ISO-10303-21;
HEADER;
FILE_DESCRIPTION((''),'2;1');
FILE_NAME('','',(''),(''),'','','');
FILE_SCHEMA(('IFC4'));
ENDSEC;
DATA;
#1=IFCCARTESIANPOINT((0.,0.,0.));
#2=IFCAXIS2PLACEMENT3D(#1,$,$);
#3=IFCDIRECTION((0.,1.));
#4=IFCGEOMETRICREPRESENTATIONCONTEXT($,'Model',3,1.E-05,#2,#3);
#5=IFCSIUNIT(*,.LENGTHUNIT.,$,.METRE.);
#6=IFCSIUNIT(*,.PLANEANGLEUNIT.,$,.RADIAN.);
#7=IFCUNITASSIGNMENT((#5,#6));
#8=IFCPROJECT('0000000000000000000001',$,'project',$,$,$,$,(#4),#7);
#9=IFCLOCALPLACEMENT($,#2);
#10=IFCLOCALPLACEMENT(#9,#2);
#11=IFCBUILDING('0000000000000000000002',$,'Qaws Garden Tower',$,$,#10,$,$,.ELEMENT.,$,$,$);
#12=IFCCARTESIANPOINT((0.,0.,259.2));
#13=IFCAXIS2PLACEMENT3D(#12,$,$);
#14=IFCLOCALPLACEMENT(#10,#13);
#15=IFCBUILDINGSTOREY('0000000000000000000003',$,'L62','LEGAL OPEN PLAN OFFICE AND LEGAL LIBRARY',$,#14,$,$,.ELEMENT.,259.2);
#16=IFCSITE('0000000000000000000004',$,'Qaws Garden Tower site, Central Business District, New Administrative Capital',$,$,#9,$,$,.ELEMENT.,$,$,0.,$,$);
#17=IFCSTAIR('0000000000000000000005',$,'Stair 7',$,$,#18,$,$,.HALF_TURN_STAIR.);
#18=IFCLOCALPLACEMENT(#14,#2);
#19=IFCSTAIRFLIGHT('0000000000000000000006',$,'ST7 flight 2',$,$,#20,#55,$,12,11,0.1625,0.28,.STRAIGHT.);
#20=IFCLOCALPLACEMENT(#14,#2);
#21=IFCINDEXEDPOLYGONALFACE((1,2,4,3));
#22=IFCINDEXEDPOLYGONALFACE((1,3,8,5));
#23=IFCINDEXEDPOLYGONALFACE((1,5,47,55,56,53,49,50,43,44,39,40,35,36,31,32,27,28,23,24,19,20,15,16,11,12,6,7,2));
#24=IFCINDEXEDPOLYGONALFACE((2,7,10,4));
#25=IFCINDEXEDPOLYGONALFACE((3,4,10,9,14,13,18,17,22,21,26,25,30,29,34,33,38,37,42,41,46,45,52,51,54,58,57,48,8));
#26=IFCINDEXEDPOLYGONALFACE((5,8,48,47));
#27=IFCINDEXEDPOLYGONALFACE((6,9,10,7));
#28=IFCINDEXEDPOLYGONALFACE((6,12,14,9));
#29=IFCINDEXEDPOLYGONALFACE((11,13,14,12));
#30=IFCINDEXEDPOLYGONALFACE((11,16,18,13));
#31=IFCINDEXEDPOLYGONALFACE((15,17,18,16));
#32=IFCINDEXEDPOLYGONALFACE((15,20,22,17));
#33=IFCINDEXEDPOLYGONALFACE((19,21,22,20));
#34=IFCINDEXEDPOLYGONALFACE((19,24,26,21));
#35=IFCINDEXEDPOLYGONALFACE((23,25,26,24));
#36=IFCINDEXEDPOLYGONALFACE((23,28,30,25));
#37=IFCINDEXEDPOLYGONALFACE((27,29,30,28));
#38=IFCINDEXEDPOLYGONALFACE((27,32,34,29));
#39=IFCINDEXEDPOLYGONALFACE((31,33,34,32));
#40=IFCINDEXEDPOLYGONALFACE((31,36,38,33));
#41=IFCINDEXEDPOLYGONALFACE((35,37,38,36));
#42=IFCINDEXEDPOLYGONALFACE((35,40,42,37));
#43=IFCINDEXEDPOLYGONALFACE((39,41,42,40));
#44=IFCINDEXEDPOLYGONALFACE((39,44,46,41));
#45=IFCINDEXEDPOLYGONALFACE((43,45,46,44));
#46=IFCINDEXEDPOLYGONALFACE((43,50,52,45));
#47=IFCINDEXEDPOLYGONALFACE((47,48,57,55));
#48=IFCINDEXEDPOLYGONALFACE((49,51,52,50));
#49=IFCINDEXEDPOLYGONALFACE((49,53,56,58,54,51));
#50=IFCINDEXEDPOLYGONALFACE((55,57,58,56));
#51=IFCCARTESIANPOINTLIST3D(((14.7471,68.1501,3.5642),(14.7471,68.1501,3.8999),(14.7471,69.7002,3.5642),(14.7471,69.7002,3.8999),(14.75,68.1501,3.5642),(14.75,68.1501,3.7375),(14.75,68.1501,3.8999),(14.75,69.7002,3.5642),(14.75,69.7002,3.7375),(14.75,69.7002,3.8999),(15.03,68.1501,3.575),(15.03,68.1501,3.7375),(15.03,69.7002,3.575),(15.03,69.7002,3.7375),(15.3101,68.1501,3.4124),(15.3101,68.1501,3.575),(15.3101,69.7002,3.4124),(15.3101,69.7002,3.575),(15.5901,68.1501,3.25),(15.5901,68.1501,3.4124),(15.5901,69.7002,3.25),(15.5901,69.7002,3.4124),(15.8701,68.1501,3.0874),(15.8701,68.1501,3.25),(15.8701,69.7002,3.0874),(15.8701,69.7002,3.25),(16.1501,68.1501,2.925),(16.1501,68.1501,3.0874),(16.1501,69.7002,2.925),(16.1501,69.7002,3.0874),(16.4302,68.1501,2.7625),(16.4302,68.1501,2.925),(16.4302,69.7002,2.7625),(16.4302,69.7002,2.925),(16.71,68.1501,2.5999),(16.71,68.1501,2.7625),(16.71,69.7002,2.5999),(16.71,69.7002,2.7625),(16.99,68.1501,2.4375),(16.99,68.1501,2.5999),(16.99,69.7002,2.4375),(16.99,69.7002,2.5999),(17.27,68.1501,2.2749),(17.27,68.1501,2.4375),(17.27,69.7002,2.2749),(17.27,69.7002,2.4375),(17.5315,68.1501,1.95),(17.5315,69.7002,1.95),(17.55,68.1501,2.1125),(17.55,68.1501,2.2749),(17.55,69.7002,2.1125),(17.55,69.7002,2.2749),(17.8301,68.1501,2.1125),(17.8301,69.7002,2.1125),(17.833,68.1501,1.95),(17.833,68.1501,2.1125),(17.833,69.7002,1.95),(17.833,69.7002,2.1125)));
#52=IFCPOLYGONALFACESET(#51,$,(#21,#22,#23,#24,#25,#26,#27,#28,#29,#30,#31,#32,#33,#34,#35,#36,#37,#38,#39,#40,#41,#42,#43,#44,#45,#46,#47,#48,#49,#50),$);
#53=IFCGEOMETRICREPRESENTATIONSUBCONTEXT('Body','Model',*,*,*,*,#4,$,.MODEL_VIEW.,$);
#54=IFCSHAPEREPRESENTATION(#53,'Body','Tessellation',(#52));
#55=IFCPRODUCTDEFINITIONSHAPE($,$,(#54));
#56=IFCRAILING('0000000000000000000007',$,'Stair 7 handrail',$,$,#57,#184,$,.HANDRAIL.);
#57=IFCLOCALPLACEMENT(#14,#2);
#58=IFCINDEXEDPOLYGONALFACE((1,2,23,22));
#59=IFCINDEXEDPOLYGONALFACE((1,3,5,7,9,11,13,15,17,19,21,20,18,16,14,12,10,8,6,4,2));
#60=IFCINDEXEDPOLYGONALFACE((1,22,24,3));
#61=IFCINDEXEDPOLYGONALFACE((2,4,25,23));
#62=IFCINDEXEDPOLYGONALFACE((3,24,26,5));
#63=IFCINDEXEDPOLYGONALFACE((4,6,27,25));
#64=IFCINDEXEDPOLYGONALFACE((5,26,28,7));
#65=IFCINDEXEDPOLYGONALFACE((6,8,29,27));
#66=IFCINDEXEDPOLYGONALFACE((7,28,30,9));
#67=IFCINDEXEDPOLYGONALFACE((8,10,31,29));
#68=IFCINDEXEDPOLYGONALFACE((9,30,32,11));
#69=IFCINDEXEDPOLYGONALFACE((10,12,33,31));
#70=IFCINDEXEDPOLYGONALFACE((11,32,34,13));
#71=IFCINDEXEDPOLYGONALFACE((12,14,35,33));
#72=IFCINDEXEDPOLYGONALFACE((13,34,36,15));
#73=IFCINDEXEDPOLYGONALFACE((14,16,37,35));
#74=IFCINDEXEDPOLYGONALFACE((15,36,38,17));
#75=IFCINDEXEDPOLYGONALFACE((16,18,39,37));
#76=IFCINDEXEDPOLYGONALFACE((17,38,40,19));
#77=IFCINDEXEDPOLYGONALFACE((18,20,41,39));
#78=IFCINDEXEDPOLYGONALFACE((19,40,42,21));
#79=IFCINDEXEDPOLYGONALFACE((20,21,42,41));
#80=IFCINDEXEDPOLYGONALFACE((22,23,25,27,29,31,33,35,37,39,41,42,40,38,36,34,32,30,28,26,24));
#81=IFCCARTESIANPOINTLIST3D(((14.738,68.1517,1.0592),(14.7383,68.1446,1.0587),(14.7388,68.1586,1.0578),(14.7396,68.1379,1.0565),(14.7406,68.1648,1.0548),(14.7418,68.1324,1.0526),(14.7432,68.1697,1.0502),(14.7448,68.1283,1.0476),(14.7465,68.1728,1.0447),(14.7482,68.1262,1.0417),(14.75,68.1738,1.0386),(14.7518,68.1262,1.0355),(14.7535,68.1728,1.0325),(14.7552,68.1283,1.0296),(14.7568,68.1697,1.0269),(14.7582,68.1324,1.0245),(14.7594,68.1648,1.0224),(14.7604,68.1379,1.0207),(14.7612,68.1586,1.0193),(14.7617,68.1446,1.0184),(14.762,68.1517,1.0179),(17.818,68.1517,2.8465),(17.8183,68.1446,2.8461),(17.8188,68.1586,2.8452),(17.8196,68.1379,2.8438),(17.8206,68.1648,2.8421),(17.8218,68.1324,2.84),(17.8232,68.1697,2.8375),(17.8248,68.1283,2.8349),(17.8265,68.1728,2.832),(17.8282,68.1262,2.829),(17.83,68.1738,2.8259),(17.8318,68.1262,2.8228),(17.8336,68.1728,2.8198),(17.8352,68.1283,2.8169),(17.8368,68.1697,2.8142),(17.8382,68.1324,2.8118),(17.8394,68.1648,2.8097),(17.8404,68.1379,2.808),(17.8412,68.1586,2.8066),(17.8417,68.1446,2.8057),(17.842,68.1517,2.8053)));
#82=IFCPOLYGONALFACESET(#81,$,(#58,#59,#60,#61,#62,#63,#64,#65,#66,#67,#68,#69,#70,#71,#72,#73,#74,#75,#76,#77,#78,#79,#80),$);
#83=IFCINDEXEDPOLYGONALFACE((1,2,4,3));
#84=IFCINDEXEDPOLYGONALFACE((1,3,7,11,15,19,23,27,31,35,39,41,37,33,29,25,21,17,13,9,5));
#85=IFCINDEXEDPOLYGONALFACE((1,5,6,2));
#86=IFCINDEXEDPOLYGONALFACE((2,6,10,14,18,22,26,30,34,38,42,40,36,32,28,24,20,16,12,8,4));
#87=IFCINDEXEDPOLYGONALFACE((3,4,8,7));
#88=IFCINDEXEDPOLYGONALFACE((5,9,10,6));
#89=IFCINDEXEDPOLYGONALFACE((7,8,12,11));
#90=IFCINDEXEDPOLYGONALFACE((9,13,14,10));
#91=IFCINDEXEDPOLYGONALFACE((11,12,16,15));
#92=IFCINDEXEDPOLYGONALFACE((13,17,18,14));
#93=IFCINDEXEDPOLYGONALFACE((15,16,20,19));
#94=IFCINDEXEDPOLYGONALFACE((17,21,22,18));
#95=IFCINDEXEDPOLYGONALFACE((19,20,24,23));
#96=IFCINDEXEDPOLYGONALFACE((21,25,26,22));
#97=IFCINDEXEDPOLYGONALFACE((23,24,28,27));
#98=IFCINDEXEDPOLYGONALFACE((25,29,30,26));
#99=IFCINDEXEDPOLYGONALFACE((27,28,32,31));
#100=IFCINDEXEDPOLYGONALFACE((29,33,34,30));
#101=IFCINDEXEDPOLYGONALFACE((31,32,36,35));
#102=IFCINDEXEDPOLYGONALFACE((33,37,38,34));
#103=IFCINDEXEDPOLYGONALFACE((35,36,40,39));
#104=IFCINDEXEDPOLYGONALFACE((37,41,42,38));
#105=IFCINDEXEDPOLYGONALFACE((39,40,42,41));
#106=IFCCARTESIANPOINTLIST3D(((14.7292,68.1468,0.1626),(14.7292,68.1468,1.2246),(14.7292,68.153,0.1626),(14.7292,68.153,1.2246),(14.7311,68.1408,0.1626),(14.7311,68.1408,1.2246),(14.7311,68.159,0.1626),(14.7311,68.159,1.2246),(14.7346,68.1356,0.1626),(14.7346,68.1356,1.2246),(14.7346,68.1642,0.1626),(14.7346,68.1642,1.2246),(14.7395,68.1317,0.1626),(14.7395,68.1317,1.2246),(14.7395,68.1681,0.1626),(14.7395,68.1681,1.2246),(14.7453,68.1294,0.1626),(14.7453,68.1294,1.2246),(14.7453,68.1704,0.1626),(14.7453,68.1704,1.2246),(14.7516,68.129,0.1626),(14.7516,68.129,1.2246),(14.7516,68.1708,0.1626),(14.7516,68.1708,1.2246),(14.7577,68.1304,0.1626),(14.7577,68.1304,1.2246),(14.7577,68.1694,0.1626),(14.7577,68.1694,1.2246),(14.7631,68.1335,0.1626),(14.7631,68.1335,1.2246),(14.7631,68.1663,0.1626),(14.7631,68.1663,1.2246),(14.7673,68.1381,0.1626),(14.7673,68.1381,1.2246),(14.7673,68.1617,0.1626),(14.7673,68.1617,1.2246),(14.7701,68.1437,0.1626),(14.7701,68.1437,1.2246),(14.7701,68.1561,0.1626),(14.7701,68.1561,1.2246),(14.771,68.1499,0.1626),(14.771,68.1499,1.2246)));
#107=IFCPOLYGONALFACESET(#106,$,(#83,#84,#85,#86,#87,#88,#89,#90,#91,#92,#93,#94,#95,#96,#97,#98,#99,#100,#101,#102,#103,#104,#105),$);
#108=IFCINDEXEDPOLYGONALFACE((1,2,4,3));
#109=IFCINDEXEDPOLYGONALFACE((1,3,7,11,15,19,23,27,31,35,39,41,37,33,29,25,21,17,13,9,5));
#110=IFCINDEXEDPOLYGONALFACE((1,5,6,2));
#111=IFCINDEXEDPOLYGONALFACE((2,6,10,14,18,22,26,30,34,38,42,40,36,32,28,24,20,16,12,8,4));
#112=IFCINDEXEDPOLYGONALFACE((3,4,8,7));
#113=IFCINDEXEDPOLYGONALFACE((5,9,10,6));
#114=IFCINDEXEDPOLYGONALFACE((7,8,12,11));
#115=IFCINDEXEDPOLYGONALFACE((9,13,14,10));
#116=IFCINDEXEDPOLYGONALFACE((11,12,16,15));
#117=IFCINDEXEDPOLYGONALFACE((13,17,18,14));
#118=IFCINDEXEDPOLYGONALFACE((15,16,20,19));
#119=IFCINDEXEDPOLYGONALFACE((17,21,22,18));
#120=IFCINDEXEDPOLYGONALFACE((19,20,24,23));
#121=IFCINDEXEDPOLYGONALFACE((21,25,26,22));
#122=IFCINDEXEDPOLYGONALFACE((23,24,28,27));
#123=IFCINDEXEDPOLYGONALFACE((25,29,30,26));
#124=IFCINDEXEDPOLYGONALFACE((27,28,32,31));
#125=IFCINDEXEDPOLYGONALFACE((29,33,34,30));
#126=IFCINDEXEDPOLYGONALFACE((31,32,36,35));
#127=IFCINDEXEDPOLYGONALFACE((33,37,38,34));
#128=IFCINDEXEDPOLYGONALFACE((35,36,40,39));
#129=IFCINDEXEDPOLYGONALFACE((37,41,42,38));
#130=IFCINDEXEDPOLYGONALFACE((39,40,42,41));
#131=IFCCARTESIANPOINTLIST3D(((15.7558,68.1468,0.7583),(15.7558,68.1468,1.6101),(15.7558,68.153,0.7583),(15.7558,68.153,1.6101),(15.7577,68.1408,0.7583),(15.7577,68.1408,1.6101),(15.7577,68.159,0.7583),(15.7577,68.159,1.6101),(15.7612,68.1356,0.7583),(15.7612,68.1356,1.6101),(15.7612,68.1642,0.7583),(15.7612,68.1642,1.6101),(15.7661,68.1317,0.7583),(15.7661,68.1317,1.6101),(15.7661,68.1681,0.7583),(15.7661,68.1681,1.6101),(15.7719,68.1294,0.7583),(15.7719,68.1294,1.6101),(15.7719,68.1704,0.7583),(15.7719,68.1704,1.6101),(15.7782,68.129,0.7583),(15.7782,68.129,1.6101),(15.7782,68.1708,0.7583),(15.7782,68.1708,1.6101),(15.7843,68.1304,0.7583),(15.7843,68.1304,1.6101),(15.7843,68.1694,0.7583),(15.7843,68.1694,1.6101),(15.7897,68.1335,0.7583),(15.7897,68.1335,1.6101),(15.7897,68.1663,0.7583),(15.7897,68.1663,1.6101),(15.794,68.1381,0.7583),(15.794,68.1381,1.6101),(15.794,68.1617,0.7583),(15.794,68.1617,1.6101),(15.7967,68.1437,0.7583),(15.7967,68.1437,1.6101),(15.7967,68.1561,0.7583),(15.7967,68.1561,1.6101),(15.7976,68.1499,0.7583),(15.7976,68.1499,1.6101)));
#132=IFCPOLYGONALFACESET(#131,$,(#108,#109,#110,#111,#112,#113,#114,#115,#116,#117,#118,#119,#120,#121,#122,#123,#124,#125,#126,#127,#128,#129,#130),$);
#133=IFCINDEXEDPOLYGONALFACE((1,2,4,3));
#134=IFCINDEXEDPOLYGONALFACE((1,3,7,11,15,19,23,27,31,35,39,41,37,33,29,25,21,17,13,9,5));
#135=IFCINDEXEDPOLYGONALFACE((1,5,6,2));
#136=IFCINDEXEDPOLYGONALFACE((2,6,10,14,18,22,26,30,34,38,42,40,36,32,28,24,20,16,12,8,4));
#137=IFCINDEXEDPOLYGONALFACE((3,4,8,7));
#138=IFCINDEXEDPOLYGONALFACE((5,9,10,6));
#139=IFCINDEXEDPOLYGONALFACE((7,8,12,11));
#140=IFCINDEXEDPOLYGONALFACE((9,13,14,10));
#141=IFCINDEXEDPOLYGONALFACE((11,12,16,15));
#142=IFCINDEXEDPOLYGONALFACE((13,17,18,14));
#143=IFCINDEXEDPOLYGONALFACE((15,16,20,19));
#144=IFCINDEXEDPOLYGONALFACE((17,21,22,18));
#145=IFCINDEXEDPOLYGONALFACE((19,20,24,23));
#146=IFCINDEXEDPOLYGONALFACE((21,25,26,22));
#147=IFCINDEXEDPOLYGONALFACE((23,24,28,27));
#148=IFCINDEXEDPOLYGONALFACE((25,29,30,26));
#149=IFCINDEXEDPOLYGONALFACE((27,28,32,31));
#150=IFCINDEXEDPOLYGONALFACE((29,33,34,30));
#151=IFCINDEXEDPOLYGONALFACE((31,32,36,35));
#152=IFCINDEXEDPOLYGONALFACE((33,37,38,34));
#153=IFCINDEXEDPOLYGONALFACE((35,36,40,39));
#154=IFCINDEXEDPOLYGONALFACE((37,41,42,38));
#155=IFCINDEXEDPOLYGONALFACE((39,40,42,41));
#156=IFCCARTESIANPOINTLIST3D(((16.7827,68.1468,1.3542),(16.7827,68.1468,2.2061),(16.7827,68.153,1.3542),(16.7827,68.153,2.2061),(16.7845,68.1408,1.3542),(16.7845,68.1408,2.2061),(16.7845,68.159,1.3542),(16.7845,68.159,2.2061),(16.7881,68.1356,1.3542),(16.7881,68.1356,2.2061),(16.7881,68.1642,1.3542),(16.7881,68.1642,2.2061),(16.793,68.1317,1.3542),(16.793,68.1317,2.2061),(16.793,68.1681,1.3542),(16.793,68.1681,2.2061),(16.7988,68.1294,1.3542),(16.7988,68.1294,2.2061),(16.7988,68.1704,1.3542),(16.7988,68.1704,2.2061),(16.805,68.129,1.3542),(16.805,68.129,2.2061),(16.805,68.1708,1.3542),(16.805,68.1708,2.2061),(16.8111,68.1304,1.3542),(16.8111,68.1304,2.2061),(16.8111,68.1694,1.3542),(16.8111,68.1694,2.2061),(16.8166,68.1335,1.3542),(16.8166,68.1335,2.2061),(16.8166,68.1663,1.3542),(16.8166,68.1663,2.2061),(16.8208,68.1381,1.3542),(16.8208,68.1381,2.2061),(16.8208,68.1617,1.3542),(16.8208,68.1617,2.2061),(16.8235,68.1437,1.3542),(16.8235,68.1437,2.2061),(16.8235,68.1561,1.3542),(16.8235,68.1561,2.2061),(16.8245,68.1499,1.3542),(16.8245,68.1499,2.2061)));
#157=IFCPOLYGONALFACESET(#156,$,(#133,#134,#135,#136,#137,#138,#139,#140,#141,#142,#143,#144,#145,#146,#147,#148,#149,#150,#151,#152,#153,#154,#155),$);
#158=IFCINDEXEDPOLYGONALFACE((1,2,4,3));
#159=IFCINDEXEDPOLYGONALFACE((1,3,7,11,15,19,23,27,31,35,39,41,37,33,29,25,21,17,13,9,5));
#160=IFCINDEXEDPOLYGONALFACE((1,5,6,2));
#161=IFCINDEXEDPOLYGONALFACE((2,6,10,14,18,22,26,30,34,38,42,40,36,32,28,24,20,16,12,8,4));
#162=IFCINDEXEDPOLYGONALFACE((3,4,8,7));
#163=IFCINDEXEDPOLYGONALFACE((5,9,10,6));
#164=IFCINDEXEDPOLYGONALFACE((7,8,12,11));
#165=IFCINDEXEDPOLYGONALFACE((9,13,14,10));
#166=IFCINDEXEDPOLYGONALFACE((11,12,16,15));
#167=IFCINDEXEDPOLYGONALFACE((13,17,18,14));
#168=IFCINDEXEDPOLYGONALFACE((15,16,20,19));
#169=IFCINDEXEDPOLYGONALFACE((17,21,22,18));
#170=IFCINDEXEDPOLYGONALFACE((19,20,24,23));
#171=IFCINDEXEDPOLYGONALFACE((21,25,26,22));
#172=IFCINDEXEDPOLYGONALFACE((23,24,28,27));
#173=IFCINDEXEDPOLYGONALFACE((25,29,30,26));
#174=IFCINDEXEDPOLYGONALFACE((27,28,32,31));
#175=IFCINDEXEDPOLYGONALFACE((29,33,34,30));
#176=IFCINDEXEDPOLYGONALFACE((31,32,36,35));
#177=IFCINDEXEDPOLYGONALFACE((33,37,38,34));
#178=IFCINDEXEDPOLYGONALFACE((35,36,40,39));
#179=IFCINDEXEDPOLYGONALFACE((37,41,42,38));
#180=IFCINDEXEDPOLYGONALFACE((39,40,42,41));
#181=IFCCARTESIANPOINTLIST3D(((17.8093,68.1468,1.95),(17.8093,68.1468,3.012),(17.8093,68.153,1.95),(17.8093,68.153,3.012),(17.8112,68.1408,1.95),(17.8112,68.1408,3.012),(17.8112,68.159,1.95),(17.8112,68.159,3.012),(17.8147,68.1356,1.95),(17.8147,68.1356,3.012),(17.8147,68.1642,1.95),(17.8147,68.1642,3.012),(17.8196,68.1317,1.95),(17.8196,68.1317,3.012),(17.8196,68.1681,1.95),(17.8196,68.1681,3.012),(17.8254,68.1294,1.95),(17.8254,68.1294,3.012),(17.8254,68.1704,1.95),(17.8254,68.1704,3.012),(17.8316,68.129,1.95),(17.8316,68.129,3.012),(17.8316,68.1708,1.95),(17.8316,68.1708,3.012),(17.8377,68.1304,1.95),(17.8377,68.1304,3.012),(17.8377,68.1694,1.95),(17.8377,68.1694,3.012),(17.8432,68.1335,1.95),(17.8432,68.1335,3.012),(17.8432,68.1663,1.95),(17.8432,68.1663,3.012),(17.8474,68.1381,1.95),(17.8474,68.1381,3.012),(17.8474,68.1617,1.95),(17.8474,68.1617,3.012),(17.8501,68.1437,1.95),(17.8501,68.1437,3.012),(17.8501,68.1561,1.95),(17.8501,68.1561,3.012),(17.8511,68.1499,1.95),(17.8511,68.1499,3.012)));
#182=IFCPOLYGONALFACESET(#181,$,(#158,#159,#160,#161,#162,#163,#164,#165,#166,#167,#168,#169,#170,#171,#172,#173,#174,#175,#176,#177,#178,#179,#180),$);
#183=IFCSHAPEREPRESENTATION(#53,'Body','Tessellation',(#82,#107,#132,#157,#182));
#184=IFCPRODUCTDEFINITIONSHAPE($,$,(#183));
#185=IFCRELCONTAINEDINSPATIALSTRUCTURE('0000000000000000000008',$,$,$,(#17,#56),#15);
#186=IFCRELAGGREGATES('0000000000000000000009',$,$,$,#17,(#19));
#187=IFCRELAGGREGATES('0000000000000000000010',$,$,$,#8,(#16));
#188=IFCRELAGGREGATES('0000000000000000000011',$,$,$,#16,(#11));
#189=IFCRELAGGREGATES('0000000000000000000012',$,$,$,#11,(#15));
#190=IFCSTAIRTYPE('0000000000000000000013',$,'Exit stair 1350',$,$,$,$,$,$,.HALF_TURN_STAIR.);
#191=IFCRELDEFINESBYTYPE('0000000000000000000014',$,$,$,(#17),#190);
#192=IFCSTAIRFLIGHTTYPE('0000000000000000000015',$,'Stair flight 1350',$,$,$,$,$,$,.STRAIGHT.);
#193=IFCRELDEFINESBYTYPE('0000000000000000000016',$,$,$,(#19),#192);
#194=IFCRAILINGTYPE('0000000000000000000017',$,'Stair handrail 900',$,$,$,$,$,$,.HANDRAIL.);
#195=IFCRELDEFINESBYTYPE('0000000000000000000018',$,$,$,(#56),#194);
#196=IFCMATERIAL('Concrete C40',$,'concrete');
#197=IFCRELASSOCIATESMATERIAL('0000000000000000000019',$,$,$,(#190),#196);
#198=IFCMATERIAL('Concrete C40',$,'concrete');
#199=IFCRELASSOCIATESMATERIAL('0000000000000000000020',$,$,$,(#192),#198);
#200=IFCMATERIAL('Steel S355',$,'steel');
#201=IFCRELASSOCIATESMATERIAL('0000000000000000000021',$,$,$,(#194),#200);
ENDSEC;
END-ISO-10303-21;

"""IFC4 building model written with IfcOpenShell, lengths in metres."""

from ifc_helpers import new_model, si_unit, direction, frame, origin, origin_2d, place, context, subcontext, project, spatial, polyline, circle, outline, extrude, material, type_object, element, aggregate, save


model = new_model("IFC4")

# Units and contexts
model_context = context("Model", 3, precision=1e-05, world=origin(), true_north=direction((0.0, 1.0)))
body_context = subcontext(model_context, "Body", "Model", "MODEL_VIEW")
ifc_project = project(units=[si_unit("LENGTHUNIT", "METRE"), si_unit("PLANEANGLEUNIT", "RADIAN")], contexts=[model_context])

# Site, building, storey
site_placement = place(None, origin())
site = spatial("IfcSite", under=ifc_project, at=site_placement, Name="Qaws Garden Tower site, Central Business District, New Administrative Capital", CompositionType="ELEMENT", RefElevation=0.0)
building_placement = place(site_placement, origin())
building = spatial("IfcBuilding", under=site, at=building_placement, Name="Qaws Garden Tower", CompositionType="ELEMENT")
storey_placement = place(building_placement, frame((0.0, 0.0, 259.2)))
storey = spatial("IfcBuildingStorey", under=building, at=storey_placement, Name="L62", Description="LEGAL OPEN PLAN OFFICE AND LEGAL LIBRARY", CompositionType="ELEMENT", Elevation=259.2)

# Stair, stair flight
ifc_material_1 = material(Name="Concrete C40", Category="concrete")
stair_type = type_object("IfcStairType", Name="Exit stair 1350", PredefinedType="HALF_TURN_STAIR", material=ifc_material_1)
stair_placement = place(storey_placement, origin())
stair = element("IfcStair", 1, at=stair_placement, inside=storey, type_object=stair_type, Name="Stair 7", PredefinedType="HALF_TURN_STAIR")
ifc_material_2 = material(Name="Concrete C40", Category="concrete")
stair_flight_type = type_object("IfcStairFlightType", Name="Stair flight 1350", PredefinedType="STRAIGHT", material=ifc_material_2)
stair_flight_1_placement = place(storey_placement, frame((17.8301, 68.925, 1.95), z_axis=(0.0, 0.0, 1.0), x_axis=(-1.0, 0.0, 0.0)))
stair_flight_1 = element("IfcStairFlight", 2, at=stair_flight_1_placement, type_object=stair_flight_type, Name="ST7 flight 2", NumberOfRisers=12, NumberOfTreads=11, PredefinedType="STRAIGHT", RiserHeight=0.1625, TreadLength=0.28, context=body_context, shape_type="SweptSolid", body=[
    extrude(outline(polyline([(-0.0029, 0.0), (-0.0029, 0.1626), (0.0, 0.1626), (0.28, 0.1626), (0.28, 0.325), (0.5601, 0.325), (0.5601, 0.4875), (0.8401, 0.4875), (0.8401, 0.6499), (1.1201, 0.6499), (1.1201, 0.8125), (1.3999, 0.8125), (1.3999, 0.9751), (1.6799, 0.9751), (1.6799, 1.1375), (1.96, 1.1375), (1.96, 1.3), (2.24, 1.3), (2.24, 1.4624), (2.52, 1.4624), (2.52, 1.625), (2.8, 1.625), (2.8, 1.7876), (3.0801, 1.7876), (3.0801, 1.95), (3.083, 1.95), (3.083, 1.6143), (3.0801, 1.6143), (0.2986, 0.0), (-0.0029, 0.0)])), frame((0.0, 0.7749, 0.0), z_axis=(0.0, -1.0, 0.0), x_axis=(1.0, 0.0, 0.0)), (0.0, 0.0, 1.0), 1.55),
])
aggregate(stair, [stair_flight_1])

# Railing
ifc_material_3 = material(Name="Steel S355", Category="steel")
railing_type = type_object("IfcRailingType", Name="Stair handrail 900", PredefinedType="HANDRAIL", material=ifc_material_3)
railing_1_placement = place(storey_placement, frame((14.75, 68.1499, 0.1626)))
element("IfcRailing", 3, at=railing_1_placement, inside=storey, type_object=railing_type, Name="Stair 7 handrail", PredefinedType="HANDRAIL", context=body_context, shape_type="SweptSolid", body=[
    extrude(circle(Radius=0.0239, at=origin_2d()), frame((0.0, 0.0, 0.876), z_axis=(0.86492, 0.0, 0.501909), x_axis=(0.0, 1.0, 0.0)), (0.0, 0.0, 1.0), 3.561),
    extrude(circle(Radius=0.021, at=origin_2d()), origin(), (0.0, 0.0, 1.0), 1.062),
    extrude(circle(Radius=0.021, at=origin_2d()), frame((1.0266, 0.0, 0.5957)), (0.0, 0.0, 1.0), 0.8518),
    extrude(circle(Radius=0.021, at=origin_2d()), frame((2.0535, 0.0, 1.1917)), (0.0, 0.0, 1.0), 0.8518),
    extrude(circle(Radius=0.021, at=origin_2d()), frame((3.0801, 0.0, 1.7874)), (0.0, 0.0, 1.0), 1.062),
])

save(model, "model.ifc")
